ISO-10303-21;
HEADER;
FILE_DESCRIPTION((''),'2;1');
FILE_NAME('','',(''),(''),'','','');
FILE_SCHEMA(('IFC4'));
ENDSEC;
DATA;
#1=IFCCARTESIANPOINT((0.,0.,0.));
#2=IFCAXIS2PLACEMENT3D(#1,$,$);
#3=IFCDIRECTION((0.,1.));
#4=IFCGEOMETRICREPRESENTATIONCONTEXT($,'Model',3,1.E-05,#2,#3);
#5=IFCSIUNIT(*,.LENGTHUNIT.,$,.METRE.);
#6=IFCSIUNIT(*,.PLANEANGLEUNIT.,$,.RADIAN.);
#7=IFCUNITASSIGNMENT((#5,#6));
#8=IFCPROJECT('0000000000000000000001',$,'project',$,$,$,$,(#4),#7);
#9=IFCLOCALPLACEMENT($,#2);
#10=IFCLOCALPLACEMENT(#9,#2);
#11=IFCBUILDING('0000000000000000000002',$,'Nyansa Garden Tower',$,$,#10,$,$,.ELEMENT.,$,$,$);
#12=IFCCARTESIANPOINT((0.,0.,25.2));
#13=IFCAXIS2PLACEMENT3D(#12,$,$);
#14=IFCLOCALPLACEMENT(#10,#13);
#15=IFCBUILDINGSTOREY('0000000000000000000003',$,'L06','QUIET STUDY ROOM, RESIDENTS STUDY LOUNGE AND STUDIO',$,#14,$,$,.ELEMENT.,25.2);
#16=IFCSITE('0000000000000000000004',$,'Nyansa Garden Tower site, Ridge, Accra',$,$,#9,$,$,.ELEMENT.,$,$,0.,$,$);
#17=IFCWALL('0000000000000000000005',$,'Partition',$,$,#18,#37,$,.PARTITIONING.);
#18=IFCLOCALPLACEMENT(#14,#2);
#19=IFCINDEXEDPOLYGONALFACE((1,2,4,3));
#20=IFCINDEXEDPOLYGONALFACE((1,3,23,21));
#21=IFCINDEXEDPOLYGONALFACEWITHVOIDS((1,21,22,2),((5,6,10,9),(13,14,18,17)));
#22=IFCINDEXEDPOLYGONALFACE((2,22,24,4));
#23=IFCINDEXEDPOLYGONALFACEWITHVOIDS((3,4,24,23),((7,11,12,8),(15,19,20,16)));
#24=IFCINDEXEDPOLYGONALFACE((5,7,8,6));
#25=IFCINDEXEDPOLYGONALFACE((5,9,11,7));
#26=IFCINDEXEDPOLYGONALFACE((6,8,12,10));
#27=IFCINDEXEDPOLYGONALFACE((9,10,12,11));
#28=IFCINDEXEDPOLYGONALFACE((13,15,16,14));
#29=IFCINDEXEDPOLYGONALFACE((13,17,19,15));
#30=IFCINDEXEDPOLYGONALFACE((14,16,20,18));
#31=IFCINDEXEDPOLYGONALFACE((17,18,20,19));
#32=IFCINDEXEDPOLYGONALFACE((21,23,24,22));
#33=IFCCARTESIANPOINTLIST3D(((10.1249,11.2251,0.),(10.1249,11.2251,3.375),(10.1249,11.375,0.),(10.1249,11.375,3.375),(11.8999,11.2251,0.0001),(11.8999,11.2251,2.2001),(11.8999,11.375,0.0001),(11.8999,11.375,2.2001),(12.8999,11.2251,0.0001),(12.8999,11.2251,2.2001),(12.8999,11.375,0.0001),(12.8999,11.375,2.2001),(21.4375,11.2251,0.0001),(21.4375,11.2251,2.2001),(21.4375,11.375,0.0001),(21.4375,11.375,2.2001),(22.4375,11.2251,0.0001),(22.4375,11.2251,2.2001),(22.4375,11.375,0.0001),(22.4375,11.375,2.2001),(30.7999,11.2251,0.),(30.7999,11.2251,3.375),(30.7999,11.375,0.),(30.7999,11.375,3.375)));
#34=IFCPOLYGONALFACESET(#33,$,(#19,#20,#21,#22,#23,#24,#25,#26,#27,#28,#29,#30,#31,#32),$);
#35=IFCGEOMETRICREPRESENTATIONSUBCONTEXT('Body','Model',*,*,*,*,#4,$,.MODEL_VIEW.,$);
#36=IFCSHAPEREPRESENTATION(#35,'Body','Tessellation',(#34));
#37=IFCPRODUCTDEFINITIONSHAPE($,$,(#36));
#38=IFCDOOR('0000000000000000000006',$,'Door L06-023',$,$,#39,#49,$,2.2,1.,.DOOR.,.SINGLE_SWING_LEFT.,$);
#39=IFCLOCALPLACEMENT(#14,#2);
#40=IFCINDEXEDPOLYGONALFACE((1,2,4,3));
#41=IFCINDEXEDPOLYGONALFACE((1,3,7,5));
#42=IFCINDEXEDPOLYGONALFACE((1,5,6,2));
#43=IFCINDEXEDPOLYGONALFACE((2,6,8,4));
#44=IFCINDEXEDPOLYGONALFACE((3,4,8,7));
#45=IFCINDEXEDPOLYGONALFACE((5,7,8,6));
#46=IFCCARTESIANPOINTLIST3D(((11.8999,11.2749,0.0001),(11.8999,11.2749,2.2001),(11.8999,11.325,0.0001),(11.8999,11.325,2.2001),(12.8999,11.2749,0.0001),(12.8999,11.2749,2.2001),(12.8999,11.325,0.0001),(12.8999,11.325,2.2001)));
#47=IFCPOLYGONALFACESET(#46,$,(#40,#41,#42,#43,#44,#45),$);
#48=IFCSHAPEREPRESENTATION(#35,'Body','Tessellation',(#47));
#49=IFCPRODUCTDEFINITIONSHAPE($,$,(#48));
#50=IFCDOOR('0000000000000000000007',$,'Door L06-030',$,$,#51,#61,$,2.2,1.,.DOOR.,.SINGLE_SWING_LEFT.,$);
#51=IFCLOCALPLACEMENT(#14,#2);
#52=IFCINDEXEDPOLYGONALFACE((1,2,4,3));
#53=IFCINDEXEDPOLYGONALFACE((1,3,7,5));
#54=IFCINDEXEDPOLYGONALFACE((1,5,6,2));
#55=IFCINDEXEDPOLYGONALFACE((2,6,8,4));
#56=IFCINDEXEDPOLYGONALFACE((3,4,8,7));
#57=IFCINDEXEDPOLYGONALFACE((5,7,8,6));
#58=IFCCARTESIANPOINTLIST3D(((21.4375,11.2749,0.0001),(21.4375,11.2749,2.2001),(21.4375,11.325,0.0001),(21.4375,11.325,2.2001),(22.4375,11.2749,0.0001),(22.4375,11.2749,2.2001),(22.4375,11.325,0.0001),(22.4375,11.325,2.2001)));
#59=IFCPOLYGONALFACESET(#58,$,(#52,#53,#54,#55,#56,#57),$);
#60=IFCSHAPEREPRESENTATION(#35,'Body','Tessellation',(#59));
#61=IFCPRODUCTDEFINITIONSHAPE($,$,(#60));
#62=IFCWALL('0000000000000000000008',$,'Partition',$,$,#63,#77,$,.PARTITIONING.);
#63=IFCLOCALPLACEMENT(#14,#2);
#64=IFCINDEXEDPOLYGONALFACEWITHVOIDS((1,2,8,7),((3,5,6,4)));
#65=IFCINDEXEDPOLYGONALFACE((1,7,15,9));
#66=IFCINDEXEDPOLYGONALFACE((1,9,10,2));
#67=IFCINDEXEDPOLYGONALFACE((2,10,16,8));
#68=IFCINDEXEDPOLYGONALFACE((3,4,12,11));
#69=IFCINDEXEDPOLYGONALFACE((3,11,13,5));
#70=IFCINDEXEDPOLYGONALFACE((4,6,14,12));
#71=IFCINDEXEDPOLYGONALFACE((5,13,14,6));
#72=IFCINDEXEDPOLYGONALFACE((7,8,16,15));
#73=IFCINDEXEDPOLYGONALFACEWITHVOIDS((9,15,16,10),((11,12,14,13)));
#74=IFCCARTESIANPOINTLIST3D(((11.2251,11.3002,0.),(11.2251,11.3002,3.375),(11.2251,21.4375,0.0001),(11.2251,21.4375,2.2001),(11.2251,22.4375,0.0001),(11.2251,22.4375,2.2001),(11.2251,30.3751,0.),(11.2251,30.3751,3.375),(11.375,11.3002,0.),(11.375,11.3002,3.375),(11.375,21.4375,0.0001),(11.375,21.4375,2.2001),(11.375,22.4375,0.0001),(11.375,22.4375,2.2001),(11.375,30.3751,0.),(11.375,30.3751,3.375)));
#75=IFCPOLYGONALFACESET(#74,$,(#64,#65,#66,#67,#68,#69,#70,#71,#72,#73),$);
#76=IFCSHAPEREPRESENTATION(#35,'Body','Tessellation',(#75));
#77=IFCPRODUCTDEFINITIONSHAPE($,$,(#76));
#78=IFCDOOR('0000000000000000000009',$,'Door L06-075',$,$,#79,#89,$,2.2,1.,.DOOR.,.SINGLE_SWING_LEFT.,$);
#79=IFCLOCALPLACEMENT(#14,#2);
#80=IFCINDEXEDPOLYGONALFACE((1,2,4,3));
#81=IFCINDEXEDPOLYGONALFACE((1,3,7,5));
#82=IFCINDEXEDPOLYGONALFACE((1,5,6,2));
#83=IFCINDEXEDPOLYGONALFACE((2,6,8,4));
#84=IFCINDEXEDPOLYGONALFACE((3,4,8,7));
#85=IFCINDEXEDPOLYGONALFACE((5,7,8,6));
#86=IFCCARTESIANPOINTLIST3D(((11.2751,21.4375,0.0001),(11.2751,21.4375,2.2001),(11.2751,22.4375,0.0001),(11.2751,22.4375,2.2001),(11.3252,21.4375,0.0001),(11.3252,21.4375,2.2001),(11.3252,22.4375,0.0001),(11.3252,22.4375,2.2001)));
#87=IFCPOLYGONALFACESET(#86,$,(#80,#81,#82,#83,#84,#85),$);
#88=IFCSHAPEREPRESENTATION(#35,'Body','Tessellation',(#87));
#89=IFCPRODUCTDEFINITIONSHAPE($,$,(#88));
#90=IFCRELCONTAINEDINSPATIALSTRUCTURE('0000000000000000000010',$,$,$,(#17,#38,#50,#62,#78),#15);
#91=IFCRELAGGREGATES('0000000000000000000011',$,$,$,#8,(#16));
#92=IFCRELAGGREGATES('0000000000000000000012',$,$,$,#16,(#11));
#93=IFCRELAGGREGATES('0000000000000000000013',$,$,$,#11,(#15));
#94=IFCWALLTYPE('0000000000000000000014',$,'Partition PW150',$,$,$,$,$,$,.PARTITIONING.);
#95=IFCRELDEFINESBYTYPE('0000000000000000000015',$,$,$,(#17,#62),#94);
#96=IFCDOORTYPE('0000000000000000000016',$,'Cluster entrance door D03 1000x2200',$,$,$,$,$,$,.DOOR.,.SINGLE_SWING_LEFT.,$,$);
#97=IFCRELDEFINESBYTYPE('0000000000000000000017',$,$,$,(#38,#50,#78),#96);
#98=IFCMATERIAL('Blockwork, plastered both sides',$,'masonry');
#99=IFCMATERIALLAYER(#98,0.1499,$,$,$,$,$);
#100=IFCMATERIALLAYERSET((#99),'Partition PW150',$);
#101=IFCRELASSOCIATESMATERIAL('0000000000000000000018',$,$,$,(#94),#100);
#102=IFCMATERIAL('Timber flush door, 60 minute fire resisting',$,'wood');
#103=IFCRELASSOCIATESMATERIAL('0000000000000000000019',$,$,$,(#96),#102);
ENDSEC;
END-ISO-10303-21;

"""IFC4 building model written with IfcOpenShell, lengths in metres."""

from ifc_helpers import new_model, si_unit, direction, frame, frame_2d, origin, place, context, subcontext, project, spatial, rectangle, extrude, material, layer, layer_set, type_object, element, fill, save


model = new_model("IFC4")

# Units and contexts
model_context = context("Model", 3, precision=1e-05, world=origin(), true_north=direction((0.0, 1.0)))
body_context = subcontext(model_context, "Body", "Model", "MODEL_VIEW")
ifc_project = project(units=[si_unit("LENGTHUNIT", "METRE"), si_unit("PLANEANGLEUNIT", "RADIAN")], contexts=[model_context])

# Site, building, storey
site_placement = place(None, origin())
site = spatial("IfcSite", under=ifc_project, at=site_placement, Name="Nyansa Garden Tower site, Ridge, Accra", CompositionType="ELEMENT", RefElevation=0.0)
building_placement = place(site_placement, origin())
building = spatial("IfcBuilding", under=site, at=building_placement, Name="Nyansa Garden Tower", CompositionType="ELEMENT")
storey_placement = place(building_placement, frame((0.0, 0.0, 25.2)))
storey = spatial("IfcBuildingStorey", under=building, at=storey_placement, Name="L06", Description="QUIET STUDY ROOM, RESIDENTS STUDY LOUNGE AND STUDIO", CompositionType="ELEMENT", Elevation=25.2)

# Shared definitions
ifc_material_1 = material(Name="Blockwork, plastered both sides", Category="masonry")
ifc_layer_1 = layer(ifc_material_1, 0.1499)
ifc_layer_set_1 = layer_set([ifc_layer_1], Name="Partition PW150")
wall_type_1 = type_object("IfcWallType", Name="Partition PW150", PredefinedType="PARTITIONING", material=ifc_layer_set_1)

# Wall, openings, doors
wall_1_placement = place(storey_placement, frame((10.125, 11.3, 0.0), z_axis=(0.0, 0.0, 1.0), x_axis=(1.0, 0.0, 0.0)))
wall_1 = element("IfcWall", 1, at=wall_1_placement, inside=storey, type_object=wall_type_1, Name="Partition", PredefinedType="PARTITIONING", context=body_context, shape_type="SweptSolid", body=[
    extrude(rectangle(XDim=20.675, YDim=0.1499, at=frame_2d((10.3374, 0.0))), origin(), (0.0, 0.0, 1.0), 3.375),
])
opening_1_placement = place(wall_1_placement, frame((1.7749, 0.0, 0.0)))
opening_1 = element("IfcOpeningElement", 2, at=opening_1_placement, cuts=wall_1, PredefinedType="OPENING", context=body_context, shape_type="SweptSolid", body=[
    extrude(rectangle(XDim=1.0, YDim=2.2, at=frame_2d((0.5, 1.1001))), frame((0.0, 0.085, 0.0), z_axis=(0.0, -1.0, 0.0), x_axis=(1.0, 0.0, 0.0)), (0.0, 0.0, 1.0), 0.1699),
])
opening_2_placement = place(wall_1_placement, frame((11.3125, 0.0, 0.0)))
opening_2 = element("IfcOpeningElement", 3, at=opening_2_placement, cuts=wall_1, PredefinedType="OPENING", context=body_context, shape_type="SweptSolid", body=[
    extrude(rectangle(XDim=1.0, YDim=2.2, at=frame_2d((0.5, 1.1001))), frame((0.0, 0.085, 0.0), z_axis=(0.0, -1.0, 0.0), x_axis=(1.0, 0.0, 0.0)), (0.0, 0.0, 1.0), 0.1699),
])
ifc_material_2 = material(Name="Timber flush door, 60 minute fire resisting", Category="wood")
door_type = type_object("IfcDoorType", Name="Cluster entrance door D03 1000x2200", OperationType="SINGLE_SWING_LEFT", PredefinedType="DOOR", material=ifc_material_2)
door_1_placement = place(opening_1_placement, origin())
door_1 = element("IfcDoor", 4, at=door_1_placement, inside=storey, type_object=door_type, Name="Door L06-023", OperationType="SINGLE_SWING_LEFT", OverallHeight=2.2, OverallWidth=1.0, PredefinedType="DOOR", context=body_context, shape_type="SweptSolid", body=[
    extrude(rectangle(XDim=1.0, YDim=2.2, at=frame_2d((0.5, 1.1001))), frame((0.0, 0.0249, 0.0), z_axis=(0.0, -1.0, 0.0), x_axis=(1.0, 0.0, 0.0)), (0.0, 0.0, 1.0), 0.05),
])
fill(opening_1, door_1)
door_2_placement = place(opening_2_placement, origin())
door_2 = element("IfcDoor", 5, at=door_2_placement, inside=storey, type_object=door_type, Name="Door L06-030", OperationType="SINGLE_SWING_LEFT", OverallHeight=2.2, OverallWidth=1.0, PredefinedType="DOOR", context=body_context, shape_type="SweptSolid", body=[
    extrude(rectangle(XDim=1.0, YDim=2.2, at=frame_2d((0.5, 1.1001))), frame((0.0, 0.0249, 0.0), z_axis=(0.0, -1.0, 0.0), x_axis=(1.0, 0.0, 0.0)), (0.0, 0.0, 1.0), 0.05),
])
fill(opening_2, door_2)

# Wall, opening, door
wall_2_placement = place(storey_placement, frame((11.3, 11.3, 0.0), z_axis=(0.0, 0.0, 1.0), x_axis=(0.0, 1.0, 0.0)))
wall_2 = element("IfcWall", 6, at=wall_2_placement, inside=storey, type_object=wall_type_1, Name="Partition", PredefinedType="PARTITIONING", context=body_context, shape_type="SweptSolid", body=[
    extrude(rectangle(XDim=19.075, YDim=0.1499, at=frame_2d((9.5376, 0.0))), origin(), (0.0, 0.0, 1.0), 3.375),
])
opening_3_placement = place(wall_2_placement, frame((10.1375, 0.0, 0.0)))
opening_3 = element("IfcOpeningElement", 7, at=opening_3_placement, cuts=wall_2, PredefinedType="OPENING", context=body_context, shape_type="SweptSolid", body=[
    extrude(rectangle(XDim=1.0, YDim=2.2, at=frame_2d((0.5, 1.1001))), frame((0.0, 0.085, 0.0), z_axis=(0.0, -1.0, 0.0), x_axis=(1.0, 0.0, 0.0)), (0.0, 0.0, 1.0), 0.1699),
])
door_3_placement = place(opening_3_placement, origin())
door_3 = element("IfcDoor", 8, at=door_3_placement, inside=storey, type_object=door_type, Name="Door L06-075", OperationType="SINGLE_SWING_LEFT", OverallHeight=2.2, OverallWidth=1.0, PredefinedType="DOOR", context=body_context, shape_type="SweptSolid", body=[
    extrude(rectangle(XDim=1.0, YDim=2.2, at=frame_2d((0.5, 1.1001))), frame((0.0, 0.0249, 0.0), z_axis=(0.0, -1.0, 0.0), x_axis=(1.0, 0.0, 0.0)), (0.0, 0.0, 1.0), 0.05),
])
fill(opening_3, door_3)

save(model, "model.ifc")
